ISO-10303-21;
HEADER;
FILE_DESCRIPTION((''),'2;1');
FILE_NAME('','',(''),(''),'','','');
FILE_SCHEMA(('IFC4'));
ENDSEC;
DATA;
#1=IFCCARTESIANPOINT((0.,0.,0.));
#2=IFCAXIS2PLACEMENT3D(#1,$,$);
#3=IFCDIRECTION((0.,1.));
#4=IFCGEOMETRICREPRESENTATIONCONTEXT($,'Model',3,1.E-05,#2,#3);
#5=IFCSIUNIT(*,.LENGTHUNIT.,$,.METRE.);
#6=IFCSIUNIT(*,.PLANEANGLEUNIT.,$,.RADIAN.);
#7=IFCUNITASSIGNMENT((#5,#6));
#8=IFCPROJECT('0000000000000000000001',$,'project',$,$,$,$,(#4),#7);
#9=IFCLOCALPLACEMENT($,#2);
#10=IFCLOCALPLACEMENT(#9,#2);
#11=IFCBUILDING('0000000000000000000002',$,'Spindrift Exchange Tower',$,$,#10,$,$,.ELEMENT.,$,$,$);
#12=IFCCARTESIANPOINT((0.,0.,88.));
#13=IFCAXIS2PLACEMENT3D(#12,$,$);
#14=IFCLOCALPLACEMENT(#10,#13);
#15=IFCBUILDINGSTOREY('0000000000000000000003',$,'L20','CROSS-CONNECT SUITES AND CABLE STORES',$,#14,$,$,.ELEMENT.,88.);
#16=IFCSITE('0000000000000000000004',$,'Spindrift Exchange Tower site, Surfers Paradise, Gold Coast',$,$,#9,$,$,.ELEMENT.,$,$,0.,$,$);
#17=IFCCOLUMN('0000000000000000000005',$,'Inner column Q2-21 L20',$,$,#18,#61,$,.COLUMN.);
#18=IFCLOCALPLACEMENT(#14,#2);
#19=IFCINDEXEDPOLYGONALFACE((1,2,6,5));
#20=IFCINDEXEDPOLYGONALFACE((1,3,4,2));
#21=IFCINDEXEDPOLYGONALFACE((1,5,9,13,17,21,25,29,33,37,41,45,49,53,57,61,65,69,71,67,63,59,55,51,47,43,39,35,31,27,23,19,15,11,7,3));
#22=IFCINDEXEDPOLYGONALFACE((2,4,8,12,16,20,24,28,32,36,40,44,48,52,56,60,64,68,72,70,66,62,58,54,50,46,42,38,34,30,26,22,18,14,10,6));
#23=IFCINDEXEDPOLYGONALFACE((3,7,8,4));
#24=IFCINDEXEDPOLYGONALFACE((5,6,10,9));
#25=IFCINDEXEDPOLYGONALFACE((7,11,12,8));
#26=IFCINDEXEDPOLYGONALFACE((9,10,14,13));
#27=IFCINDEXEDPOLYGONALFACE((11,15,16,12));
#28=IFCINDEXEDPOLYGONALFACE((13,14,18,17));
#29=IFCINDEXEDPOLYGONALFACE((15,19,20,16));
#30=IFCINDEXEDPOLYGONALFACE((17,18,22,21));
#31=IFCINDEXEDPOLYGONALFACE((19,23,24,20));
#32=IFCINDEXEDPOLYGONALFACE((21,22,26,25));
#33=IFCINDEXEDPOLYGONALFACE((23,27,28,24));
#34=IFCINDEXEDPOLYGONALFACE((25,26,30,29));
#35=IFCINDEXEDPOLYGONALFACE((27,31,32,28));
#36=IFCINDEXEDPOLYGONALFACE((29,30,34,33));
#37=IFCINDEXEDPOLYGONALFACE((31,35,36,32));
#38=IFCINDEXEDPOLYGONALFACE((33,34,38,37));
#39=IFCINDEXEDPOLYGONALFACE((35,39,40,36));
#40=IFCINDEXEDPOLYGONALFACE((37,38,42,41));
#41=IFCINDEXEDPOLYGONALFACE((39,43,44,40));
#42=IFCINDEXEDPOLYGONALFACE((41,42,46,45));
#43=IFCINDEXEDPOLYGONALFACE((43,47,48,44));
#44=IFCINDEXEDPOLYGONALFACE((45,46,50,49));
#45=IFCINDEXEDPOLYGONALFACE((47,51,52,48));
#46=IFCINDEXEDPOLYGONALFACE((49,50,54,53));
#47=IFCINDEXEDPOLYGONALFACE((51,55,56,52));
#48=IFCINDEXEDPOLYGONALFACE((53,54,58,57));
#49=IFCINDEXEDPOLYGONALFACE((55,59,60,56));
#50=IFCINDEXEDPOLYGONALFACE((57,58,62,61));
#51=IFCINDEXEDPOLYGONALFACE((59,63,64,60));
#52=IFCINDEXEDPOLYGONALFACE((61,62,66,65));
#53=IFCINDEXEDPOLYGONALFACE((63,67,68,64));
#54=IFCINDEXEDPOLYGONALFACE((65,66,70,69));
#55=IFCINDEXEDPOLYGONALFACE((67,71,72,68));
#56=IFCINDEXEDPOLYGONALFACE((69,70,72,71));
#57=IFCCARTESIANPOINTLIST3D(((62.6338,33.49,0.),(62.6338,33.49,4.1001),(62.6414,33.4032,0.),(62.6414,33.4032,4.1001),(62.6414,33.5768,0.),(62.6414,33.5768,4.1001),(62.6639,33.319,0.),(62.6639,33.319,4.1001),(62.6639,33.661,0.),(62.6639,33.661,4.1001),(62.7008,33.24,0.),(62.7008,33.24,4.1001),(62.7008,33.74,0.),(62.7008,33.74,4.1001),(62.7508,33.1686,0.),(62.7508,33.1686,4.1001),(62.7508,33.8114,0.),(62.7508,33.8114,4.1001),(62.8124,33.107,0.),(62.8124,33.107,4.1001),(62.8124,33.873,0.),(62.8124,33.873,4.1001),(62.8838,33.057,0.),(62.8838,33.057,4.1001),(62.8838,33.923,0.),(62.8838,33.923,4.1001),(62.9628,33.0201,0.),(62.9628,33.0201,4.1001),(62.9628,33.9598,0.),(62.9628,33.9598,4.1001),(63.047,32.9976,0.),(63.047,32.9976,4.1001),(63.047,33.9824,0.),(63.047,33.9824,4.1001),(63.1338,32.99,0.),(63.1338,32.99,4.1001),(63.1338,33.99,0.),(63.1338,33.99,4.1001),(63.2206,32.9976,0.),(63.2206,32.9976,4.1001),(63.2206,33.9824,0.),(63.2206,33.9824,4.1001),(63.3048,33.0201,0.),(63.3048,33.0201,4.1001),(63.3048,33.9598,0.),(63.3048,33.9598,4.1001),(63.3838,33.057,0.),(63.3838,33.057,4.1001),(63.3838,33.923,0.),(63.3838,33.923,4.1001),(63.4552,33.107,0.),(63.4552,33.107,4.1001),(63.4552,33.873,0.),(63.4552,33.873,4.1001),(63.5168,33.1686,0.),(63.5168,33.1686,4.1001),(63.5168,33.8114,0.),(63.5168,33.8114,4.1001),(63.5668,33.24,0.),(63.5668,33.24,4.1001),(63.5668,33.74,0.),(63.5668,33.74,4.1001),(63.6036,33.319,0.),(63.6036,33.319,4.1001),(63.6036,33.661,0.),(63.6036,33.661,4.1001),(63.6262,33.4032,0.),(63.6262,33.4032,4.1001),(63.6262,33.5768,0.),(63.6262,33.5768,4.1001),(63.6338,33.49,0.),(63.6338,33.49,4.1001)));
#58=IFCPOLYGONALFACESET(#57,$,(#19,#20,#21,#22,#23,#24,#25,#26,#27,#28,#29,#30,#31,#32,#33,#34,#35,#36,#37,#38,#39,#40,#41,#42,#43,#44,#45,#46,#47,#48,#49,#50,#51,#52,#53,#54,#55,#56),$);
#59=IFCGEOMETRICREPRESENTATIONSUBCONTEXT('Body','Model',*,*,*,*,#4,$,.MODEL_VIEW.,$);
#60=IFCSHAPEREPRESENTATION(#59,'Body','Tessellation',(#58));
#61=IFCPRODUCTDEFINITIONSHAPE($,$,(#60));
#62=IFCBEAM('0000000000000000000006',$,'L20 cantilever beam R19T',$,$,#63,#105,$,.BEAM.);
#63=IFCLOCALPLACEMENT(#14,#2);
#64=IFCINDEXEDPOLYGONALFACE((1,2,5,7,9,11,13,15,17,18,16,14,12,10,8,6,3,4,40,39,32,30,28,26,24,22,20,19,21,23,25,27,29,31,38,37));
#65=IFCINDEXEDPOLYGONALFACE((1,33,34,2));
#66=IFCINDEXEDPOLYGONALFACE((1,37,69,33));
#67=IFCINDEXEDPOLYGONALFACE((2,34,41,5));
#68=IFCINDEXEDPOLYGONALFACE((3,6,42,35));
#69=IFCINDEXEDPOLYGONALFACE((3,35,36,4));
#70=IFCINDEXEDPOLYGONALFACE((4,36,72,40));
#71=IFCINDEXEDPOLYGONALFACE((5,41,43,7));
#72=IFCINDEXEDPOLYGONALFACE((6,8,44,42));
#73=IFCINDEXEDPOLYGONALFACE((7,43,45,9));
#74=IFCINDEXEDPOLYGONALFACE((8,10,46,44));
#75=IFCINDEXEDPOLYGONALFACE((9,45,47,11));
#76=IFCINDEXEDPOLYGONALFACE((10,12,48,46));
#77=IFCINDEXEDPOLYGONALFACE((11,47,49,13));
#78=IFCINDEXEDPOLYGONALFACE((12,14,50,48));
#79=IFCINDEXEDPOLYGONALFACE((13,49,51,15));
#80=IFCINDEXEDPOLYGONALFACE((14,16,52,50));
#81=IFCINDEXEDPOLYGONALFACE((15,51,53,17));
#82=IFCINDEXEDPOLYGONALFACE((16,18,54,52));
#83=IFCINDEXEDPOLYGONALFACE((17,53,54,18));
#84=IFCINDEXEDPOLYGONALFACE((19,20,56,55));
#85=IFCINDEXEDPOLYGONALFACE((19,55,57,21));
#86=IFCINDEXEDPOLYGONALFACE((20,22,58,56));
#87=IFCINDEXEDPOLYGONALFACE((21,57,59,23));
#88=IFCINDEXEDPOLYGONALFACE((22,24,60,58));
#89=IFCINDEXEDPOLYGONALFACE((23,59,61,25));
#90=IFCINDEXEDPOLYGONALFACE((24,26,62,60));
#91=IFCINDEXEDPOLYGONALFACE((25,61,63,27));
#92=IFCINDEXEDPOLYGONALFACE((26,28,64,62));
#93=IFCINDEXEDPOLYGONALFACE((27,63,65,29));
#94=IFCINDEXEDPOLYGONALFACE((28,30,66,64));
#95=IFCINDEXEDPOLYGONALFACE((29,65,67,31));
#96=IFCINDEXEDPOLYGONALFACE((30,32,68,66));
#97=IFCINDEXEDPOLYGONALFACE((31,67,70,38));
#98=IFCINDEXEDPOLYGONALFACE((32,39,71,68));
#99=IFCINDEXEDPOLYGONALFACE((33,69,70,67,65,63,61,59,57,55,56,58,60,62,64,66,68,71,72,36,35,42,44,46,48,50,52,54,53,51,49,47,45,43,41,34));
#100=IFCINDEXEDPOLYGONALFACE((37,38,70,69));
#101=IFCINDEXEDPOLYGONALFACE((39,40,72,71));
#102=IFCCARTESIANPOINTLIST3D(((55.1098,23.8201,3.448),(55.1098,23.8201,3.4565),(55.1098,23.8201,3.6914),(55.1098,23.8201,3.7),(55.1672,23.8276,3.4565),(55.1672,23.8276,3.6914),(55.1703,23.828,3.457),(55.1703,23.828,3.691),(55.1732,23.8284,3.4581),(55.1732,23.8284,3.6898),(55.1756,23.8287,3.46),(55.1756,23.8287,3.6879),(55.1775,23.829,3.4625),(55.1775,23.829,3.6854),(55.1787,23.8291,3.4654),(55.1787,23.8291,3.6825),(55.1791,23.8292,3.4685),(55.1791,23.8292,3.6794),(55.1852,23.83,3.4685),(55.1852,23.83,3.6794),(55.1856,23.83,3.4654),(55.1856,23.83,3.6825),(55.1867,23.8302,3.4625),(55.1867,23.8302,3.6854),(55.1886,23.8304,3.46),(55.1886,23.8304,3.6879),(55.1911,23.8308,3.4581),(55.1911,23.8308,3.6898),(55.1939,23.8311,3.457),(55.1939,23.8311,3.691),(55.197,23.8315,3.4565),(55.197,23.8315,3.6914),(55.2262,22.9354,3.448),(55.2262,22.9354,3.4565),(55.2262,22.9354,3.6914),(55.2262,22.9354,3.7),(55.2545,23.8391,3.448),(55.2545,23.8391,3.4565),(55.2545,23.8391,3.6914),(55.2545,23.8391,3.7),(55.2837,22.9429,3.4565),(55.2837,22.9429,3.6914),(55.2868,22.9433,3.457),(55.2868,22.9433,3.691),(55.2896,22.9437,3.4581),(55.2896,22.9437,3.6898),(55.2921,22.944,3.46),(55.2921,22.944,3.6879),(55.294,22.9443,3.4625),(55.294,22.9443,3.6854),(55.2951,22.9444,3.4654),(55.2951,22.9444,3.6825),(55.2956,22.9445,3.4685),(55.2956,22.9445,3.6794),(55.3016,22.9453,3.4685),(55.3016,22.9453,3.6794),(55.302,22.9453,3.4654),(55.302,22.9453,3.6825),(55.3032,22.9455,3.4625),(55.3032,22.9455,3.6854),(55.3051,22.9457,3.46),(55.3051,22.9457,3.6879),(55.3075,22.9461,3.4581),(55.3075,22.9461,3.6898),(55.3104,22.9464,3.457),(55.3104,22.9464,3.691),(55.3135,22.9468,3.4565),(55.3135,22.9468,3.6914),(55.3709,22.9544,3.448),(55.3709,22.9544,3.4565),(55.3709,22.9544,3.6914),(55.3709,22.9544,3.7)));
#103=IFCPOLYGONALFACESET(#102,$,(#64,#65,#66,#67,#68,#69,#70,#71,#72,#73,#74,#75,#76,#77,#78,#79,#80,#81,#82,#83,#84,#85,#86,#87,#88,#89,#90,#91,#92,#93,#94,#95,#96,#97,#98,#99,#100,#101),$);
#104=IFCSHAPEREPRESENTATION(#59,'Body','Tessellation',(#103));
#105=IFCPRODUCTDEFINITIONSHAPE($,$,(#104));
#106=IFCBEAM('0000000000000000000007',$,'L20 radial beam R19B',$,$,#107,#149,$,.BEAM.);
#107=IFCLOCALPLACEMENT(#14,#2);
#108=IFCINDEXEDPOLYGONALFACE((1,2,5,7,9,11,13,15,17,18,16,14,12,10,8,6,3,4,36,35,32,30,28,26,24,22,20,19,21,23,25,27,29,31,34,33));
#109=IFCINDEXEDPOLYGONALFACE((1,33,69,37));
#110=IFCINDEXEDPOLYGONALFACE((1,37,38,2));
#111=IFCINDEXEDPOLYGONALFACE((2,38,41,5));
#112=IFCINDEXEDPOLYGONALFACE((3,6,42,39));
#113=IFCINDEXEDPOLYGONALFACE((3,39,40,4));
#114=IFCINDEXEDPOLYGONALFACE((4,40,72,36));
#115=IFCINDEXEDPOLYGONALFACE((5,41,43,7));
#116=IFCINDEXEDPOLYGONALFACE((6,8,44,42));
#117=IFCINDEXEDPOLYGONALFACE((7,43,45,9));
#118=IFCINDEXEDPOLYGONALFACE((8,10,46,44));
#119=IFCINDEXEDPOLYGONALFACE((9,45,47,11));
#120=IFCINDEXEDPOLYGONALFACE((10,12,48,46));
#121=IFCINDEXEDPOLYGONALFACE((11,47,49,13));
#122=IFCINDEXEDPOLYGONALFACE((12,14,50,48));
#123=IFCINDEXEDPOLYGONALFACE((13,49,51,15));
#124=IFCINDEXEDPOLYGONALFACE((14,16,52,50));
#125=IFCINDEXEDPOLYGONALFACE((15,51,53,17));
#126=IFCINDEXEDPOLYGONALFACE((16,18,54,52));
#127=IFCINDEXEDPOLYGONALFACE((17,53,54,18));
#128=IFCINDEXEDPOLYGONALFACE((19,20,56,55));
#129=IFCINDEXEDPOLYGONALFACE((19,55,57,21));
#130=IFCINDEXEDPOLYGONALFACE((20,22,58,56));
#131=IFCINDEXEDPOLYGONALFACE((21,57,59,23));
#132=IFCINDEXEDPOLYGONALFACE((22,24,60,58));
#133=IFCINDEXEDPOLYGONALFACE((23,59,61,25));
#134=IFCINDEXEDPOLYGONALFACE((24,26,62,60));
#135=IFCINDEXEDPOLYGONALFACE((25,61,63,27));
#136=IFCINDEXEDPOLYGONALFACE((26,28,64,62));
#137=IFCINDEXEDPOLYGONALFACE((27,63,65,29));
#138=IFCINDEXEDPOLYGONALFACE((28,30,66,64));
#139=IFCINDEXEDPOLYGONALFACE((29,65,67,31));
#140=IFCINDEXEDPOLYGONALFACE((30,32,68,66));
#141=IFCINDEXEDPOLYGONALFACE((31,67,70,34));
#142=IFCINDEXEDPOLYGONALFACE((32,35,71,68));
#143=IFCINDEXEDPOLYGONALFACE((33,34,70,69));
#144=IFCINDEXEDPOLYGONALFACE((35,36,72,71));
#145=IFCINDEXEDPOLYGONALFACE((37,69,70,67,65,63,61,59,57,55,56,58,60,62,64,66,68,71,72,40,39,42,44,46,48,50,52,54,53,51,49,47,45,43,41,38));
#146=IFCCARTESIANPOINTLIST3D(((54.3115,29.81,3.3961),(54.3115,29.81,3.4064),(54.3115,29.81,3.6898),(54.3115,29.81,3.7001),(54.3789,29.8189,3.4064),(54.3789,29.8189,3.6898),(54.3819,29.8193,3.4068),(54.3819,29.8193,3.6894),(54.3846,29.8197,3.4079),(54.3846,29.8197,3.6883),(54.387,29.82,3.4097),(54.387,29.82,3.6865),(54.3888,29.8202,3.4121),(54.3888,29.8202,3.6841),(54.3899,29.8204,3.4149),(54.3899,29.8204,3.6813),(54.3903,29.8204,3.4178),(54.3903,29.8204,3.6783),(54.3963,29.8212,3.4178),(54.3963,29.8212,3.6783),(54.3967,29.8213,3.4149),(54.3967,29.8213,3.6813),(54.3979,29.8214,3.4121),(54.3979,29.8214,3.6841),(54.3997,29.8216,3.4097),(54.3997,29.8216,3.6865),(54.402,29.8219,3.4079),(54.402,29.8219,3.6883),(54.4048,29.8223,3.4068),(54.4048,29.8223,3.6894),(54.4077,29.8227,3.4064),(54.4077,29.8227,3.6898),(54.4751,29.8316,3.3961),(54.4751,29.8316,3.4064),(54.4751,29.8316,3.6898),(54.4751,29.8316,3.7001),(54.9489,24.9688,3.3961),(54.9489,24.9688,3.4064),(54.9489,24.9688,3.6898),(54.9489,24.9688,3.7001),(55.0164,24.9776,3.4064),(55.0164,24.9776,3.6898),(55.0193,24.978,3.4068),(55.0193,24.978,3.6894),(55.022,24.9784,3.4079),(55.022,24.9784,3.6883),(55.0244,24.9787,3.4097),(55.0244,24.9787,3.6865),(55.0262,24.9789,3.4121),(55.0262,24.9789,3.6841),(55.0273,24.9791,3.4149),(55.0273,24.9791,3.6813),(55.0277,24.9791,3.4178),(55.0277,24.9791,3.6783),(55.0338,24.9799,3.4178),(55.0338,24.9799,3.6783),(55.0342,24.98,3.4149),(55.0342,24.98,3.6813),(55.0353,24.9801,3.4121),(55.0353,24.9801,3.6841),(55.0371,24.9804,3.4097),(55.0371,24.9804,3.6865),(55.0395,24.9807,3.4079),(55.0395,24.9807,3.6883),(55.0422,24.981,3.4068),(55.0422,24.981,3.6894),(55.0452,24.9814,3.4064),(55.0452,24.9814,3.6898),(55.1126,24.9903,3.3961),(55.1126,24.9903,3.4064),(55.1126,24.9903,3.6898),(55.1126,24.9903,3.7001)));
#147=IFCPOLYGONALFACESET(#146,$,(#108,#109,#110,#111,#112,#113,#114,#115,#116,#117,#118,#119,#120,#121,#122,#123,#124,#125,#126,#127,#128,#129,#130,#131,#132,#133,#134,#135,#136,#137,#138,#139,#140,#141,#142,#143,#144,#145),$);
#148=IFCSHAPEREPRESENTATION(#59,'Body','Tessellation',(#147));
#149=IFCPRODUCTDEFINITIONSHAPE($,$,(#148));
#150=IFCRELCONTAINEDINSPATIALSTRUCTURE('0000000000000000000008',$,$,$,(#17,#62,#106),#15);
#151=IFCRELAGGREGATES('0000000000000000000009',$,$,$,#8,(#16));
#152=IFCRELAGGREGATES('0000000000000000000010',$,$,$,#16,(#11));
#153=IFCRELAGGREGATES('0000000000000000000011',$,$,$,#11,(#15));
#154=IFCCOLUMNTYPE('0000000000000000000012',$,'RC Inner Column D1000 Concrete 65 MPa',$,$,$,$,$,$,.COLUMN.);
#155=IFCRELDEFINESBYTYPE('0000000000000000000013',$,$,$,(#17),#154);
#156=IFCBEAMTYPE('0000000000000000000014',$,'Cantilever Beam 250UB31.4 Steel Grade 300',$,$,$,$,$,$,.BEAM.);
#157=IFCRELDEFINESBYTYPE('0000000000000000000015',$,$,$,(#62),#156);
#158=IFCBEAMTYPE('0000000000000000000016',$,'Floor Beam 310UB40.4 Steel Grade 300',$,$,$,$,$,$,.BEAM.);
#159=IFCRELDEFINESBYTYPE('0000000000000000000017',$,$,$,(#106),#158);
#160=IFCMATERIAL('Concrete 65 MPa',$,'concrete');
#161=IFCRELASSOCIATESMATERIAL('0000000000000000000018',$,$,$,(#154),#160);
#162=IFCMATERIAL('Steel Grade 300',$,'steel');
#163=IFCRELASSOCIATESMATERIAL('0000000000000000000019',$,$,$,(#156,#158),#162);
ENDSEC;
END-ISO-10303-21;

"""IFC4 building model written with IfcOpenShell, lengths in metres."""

from ifc_helpers import new_model, si_unit, direction, frame, origin, origin_2d, place, context, subcontext, project, spatial, circle, i_section, extrude, source, transform, mapped, material, material_profile, profile_set, type_object, element, save


model = new_model("IFC4")

# Units and contexts
model_context = context("Model", 3, precision=1e-05, world=origin(), true_north=direction((0.0, 1.0)))
body_context = subcontext(model_context, "Body", "Model", "MODEL_VIEW")
ifc_project = project(units=[si_unit("LENGTHUNIT", "METRE"), si_unit("PLANEANGLEUNIT", "RADIAN")], contexts=[model_context])

# Site, building, storey
site_placement = place(None, origin())
site = spatial("IfcSite", under=ifc_project, at=site_placement, Name="Spindrift Exchange Tower site, Surfers Paradise, Gold Coast", CompositionType="ELEMENT", RefElevation=0.0)
building_placement = place(site_placement, origin())
building = spatial("IfcBuilding", under=site, at=building_placement, Name="Spindrift Exchange Tower", CompositionType="ELEMENT")
storey_placement = place(building_placement, frame((0.0, 0.0, 88.0)))
storey = spatial("IfcBuildingStorey", under=building, at=storey_placement, Name="L20", Description="CROSS-CONNECT SUITES AND CABLE STORES", CompositionType="ELEMENT", Elevation=88.0)

# Column
ifc_material_1 = material(Name="Concrete 65 MPa", Category="concrete")
ifc_material_profile_1 = material_profile(ifc_material_1, circle(Radius=0.5, at=origin_2d()), Name="RC D1000")
ifc_profile_set_1 = profile_set([ifc_material_profile_1], Name="Concrete 65 MPa")
column_type_1 = type_object("IfcColumnType", Name="RC Inner Column D1000 Concrete 65 MPa", PredefinedType="COLUMN", material=ifc_profile_set_1)
shared_shape_1 = source(origin(), body_context, "Body", "SweptSolid", [
    extrude(circle(Radius=0.5, at=origin_2d()), origin(), (0.0, 0.0, 1.0), 4.1001),
])
for number, where, z_axis, x_axis, name in (
    (1, (63.1338, 33.49, 0.0), (0.0, 0.0, 1.0), (1.0, 0.0, 0.0), "Inner column Q2-21 L20"),
):
    element("IfcColumn", number, at=place(storey_placement, frame(where, z_axis=z_axis, x_axis=x_axis)), inside=storey, type_object=column_type_1, Name=name, PredefinedType="COLUMN", context=body_context, shape_type="MappedRepresentation", body=[
        mapped(shared_shape_1, transform((0.0, 0.0, 0.0), scale=1.0)),
    ])

# Beams
ifc_material_2 = material(Name="Steel Grade 300", Category="steel")
ifc_material_profile_2 = material_profile(ifc_material_2, i_section(OverallWidth=0.146, OverallDepth=0.252, WebThickness=0.0061, FlangeThickness=0.0085, FilletRadius=0.012, at=origin_2d()), Name="250UB31.4")
ifc_profile_set_2 = profile_set([ifc_material_profile_2], Name="Steel Grade 300")
beam_type_1 = type_object("IfcBeamType", Name="Cantilever Beam 250UB31.4 Steel Grade 300", PredefinedType="BEAM", material=ifc_profile_set_2)
shared_shape_2 = source(origin(), body_context, "Body", "SweptSolid", [
    extrude(i_section(OverallWidth=0.146, OverallDepth=0.252, WebThickness=0.0061, FlangeThickness=0.0085, FilletRadius=0.012, at=origin_2d()), origin(), (0.0, 0.0, 1.0), 0.8923),
])
beam_1_placement = place(storey_placement, frame((55.1821, 23.8296, 3.574), z_axis=(0.130497, -0.991449, 0.0), x_axis=(0.991449, 0.130497, 0.0)))
element("IfcBeam", 2, at=beam_1_placement, inside=storey, type_object=beam_type_1, Name="L20 cantilever beam R19T", PredefinedType="BEAM", context=body_context, shape_type="MappedRepresentation", body=[
    mapped(shared_shape_2, transform((0.0, 0.0, 0.0), scale=1.0)),
])
ifc_material_profile_3 = material_profile(ifc_material_2, i_section(OverallWidth=0.165, OverallDepth=0.304, WebThickness=0.0061, FlangeThickness=0.0103, FilletRadius=0.0115, at=origin_2d()), Name="310UB40.4")
ifc_profile_set_3 = profile_set([ifc_material_profile_3], Name="Steel Grade 300")
beam_type_2 = type_object("IfcBeamType", Name="Floor Beam 310UB40.4 Steel Grade 300", PredefinedType="BEAM", material=ifc_profile_set_3)
shared_shape_3 = source(origin(), body_context, "Body", "SweptSolid", [
    extrude(i_section(OverallWidth=0.165, OverallDepth=0.304, WebThickness=0.0061, FlangeThickness=0.0103, FilletRadius=0.0115, at=origin_2d()), origin(), (0.0, 0.0, 1.0), 4.8831),
])
beam_2_placement = place(storey_placement, frame((54.3933, 29.8208, 3.5481), z_axis=(0.130542, -0.991443, 0.0), x_axis=(0.991443, 0.130542, 0.0)))
element("IfcBeam", 3, at=beam_2_placement, inside=storey, type_object=beam_type_2, Name="L20 radial beam R19B", PredefinedType="BEAM", context=body_context, shape_type="MappedRepresentation", body=[
    mapped(shared_shape_3, transform((0.0, 0.0, 0.0), scale=1.0)),
])

save(model, "model.ifc")
